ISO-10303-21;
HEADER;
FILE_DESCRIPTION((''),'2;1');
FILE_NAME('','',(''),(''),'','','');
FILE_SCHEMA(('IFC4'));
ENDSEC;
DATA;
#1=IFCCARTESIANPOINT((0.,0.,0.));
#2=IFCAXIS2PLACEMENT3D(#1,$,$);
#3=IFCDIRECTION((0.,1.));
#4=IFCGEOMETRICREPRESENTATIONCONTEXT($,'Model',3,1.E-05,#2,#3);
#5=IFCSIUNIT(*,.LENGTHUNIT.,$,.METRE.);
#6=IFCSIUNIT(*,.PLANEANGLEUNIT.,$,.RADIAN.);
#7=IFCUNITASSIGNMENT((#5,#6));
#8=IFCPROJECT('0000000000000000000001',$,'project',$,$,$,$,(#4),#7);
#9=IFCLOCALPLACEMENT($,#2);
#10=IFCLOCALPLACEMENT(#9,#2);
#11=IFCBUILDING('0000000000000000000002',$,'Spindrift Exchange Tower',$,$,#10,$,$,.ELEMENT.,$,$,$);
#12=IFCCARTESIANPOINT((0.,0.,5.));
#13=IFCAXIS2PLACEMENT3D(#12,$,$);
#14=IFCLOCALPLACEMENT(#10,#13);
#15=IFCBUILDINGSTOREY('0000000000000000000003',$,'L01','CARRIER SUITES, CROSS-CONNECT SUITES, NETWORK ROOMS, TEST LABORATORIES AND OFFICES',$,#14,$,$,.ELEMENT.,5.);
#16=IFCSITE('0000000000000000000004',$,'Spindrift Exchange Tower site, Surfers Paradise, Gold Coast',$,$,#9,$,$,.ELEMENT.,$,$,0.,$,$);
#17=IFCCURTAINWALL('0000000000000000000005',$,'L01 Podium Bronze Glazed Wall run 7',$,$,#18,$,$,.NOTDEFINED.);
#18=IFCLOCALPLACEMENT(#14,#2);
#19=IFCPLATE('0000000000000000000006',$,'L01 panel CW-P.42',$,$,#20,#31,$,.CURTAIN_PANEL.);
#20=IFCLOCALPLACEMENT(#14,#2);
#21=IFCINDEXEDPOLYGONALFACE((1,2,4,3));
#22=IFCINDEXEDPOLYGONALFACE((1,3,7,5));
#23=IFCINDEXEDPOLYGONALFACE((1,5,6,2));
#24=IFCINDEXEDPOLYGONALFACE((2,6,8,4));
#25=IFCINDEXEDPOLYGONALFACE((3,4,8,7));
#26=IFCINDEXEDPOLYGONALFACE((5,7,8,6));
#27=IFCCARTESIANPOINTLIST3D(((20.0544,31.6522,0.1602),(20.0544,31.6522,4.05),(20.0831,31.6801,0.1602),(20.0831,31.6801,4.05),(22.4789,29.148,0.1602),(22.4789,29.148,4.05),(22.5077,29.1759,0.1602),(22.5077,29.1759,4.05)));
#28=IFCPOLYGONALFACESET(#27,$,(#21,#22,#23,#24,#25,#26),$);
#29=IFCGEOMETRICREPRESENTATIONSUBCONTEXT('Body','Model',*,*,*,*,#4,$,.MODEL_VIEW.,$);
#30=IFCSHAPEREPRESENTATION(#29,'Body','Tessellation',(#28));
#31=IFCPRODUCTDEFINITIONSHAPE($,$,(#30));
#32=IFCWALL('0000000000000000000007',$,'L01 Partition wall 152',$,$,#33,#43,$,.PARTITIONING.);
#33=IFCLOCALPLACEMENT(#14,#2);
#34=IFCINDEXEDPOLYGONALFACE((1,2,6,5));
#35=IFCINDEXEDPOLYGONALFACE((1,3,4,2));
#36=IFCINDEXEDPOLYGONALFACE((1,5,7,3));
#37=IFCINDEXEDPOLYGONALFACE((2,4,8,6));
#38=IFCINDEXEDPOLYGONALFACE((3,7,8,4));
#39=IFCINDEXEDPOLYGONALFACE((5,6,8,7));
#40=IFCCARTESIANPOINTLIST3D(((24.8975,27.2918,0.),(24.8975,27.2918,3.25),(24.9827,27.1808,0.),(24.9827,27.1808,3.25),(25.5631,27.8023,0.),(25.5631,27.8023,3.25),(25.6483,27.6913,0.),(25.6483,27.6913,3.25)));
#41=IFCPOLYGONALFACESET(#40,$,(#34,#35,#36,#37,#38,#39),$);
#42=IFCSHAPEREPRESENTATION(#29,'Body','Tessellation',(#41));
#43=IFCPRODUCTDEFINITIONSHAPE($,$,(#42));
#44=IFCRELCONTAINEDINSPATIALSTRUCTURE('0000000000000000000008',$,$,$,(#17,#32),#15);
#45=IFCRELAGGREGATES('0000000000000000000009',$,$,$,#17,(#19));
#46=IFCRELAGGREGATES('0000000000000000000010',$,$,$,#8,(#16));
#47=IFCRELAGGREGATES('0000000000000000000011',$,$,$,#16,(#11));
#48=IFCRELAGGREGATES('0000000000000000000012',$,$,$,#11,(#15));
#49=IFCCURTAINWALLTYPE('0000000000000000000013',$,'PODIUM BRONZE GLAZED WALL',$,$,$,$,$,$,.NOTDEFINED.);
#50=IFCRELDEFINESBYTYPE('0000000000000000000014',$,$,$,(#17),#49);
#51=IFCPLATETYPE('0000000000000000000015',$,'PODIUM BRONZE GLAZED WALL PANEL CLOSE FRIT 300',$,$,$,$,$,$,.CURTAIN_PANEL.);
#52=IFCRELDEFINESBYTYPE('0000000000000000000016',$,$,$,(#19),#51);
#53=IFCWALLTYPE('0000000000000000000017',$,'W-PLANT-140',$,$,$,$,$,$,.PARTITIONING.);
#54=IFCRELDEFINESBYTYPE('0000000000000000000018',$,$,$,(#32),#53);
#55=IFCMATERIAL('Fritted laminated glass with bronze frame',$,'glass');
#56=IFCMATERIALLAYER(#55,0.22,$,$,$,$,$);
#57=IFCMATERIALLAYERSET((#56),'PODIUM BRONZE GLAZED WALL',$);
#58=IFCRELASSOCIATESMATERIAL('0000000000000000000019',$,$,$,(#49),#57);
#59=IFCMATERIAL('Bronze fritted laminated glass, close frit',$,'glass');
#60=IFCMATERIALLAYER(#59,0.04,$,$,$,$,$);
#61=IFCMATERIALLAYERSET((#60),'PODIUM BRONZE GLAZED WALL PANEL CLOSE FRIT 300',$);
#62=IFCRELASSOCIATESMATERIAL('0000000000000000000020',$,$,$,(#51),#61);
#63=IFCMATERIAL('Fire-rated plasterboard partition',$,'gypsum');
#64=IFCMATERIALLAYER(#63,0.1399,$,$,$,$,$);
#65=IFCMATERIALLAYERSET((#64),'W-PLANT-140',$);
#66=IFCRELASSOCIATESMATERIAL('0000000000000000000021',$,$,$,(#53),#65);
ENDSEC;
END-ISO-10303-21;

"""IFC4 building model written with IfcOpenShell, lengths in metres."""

from ifc_helpers import new_model, si_unit, direction, frame, frame_2d, origin, origin_2d, place, context, subcontext, project, spatial, rectangle, extrude, source, transform, mapped, material, layer, layer_set, type_object, element, aggregate, save


model = new_model("IFC4")

# Units and contexts
model_context = context("Model", 3, precision=1e-05, world=origin(), true_north=direction((0.0, 1.0)))
body_context = subcontext(model_context, "Body", "Model", "MODEL_VIEW")
ifc_project = project(units=[si_unit("LENGTHUNIT", "METRE"), si_unit("PLANEANGLEUNIT", "RADIAN")], contexts=[model_context])

# Site, building, storey
site_placement = place(None, origin())
site = spatial("IfcSite", under=ifc_project, at=site_placement, Name="Spindrift Exchange Tower site, Surfers Paradise, Gold Coast", CompositionType="ELEMENT", RefElevation=0.0)
building_placement = place(site_placement, origin())
building = spatial("IfcBuilding", under=site, at=building_placement, Name="Spindrift Exchange Tower", CompositionType="ELEMENT")
storey_placement = place(building_placement, frame((0.0, 0.0, 5.0)))
storey = spatial("IfcBuildingStorey", under=building, at=storey_placement, Name="L01", Description="CARRIER SUITES, CROSS-CONNECT SUITES, NETWORK ROOMS, TEST LABORATORIES AND OFFICES", CompositionType="ELEMENT", Elevation=5.0)

# Curtain wall
ifc_material_1 = material(Name="Fritted laminated glass with bronze frame", Category="glass")
ifc_layer_1 = layer(ifc_material_1, 0.22)
ifc_layer_set_1 = layer_set([ifc_layer_1], Name="PODIUM BRONZE GLAZED WALL")
curtain_wall_type = type_object("IfcCurtainWallType", Name="PODIUM BRONZE GLAZED WALL", PredefinedType="NOTDEFINED", material=ifc_layer_set_1)
curtain_wall_1_placement = place(storey_placement, origin())
curtain_wall_1 = element("IfcCurtainWall", 1, at=curtain_wall_1_placement, inside=storey, type_object=curtain_wall_type, Name="L01 Podium Bronze Glazed Wall run 7", PredefinedType="NOTDEFINED")

# Plate
ifc_material_2 = material(Name="Bronze fritted laminated glass, close frit", Category="glass")
ifc_layer_2 = layer(ifc_material_2, 0.04)
ifc_layer_set_2 = layer_set([ifc_layer_2], Name="PODIUM BRONZE GLAZED WALL PANEL CLOSE FRIT 300")
plate_type = type_object("IfcPlateType", Name="PODIUM BRONZE GLAZED WALL PANEL CLOSE FRIT 300", PredefinedType="CURTAIN_PANEL", material=ifc_layer_set_2)
shared_shape_1 = source(origin(), body_context, "Body", "SweptSolid", [
    extrude(rectangle(XDim=3.4856, YDim=0.04, at=origin_2d()), origin(), (0.0, 0.0, 1.0), 3.8899),
])
plate_1_placement = place(storey_placement, frame((21.281, 30.4141, 0.1602), z_axis=(0.0, 0.0, 1.0), x_axis=(0.695589, -0.71844, 0.0)))
plate_1 = element("IfcPlate", 2, at=plate_1_placement, type_object=plate_type, Name="L01 panel CW-P.42", PredefinedType="CURTAIN_PANEL", context=body_context, shape_type="MappedRepresentation", body=[
    mapped(shared_shape_1, transform((0.0, 0.0, 0.0), scale=1.0)),
])
aggregate(curtain_wall_1, [plate_1])

# Wall
ifc_material_3 = material(Name="Fire-rated plasterboard partition", Category="gypsum")
ifc_layer_3 = layer(ifc_material_3, 0.1399)
ifc_layer_set_3 = layer_set([ifc_layer_3], Name="W-PLANT-140")
wall_type = type_object("IfcWallType", Name="W-PLANT-140", PredefinedType="PARTITIONING", material=ifc_layer_set_3)
wall_placement = place(storey_placement, frame((25.6057, 27.7468, 0.0), z_axis=(0.0, 0.0, 1.0), x_axis=(-0.793456, -0.608627, 0.0)))
element("IfcWall", 3, at=wall_placement, inside=storey, type_object=wall_type, Name="L01 Partition wall 152", PredefinedType="PARTITIONING", context=body_context, shape_type="SweptSolid", body=[
    extrude(rectangle(XDim=0.8389, YDim=0.1399, at=frame_2d((0.4194, 0.0))), origin(), (0.0, 0.0, 1.0), 3.25),
])

save(model, "model.ifc")
